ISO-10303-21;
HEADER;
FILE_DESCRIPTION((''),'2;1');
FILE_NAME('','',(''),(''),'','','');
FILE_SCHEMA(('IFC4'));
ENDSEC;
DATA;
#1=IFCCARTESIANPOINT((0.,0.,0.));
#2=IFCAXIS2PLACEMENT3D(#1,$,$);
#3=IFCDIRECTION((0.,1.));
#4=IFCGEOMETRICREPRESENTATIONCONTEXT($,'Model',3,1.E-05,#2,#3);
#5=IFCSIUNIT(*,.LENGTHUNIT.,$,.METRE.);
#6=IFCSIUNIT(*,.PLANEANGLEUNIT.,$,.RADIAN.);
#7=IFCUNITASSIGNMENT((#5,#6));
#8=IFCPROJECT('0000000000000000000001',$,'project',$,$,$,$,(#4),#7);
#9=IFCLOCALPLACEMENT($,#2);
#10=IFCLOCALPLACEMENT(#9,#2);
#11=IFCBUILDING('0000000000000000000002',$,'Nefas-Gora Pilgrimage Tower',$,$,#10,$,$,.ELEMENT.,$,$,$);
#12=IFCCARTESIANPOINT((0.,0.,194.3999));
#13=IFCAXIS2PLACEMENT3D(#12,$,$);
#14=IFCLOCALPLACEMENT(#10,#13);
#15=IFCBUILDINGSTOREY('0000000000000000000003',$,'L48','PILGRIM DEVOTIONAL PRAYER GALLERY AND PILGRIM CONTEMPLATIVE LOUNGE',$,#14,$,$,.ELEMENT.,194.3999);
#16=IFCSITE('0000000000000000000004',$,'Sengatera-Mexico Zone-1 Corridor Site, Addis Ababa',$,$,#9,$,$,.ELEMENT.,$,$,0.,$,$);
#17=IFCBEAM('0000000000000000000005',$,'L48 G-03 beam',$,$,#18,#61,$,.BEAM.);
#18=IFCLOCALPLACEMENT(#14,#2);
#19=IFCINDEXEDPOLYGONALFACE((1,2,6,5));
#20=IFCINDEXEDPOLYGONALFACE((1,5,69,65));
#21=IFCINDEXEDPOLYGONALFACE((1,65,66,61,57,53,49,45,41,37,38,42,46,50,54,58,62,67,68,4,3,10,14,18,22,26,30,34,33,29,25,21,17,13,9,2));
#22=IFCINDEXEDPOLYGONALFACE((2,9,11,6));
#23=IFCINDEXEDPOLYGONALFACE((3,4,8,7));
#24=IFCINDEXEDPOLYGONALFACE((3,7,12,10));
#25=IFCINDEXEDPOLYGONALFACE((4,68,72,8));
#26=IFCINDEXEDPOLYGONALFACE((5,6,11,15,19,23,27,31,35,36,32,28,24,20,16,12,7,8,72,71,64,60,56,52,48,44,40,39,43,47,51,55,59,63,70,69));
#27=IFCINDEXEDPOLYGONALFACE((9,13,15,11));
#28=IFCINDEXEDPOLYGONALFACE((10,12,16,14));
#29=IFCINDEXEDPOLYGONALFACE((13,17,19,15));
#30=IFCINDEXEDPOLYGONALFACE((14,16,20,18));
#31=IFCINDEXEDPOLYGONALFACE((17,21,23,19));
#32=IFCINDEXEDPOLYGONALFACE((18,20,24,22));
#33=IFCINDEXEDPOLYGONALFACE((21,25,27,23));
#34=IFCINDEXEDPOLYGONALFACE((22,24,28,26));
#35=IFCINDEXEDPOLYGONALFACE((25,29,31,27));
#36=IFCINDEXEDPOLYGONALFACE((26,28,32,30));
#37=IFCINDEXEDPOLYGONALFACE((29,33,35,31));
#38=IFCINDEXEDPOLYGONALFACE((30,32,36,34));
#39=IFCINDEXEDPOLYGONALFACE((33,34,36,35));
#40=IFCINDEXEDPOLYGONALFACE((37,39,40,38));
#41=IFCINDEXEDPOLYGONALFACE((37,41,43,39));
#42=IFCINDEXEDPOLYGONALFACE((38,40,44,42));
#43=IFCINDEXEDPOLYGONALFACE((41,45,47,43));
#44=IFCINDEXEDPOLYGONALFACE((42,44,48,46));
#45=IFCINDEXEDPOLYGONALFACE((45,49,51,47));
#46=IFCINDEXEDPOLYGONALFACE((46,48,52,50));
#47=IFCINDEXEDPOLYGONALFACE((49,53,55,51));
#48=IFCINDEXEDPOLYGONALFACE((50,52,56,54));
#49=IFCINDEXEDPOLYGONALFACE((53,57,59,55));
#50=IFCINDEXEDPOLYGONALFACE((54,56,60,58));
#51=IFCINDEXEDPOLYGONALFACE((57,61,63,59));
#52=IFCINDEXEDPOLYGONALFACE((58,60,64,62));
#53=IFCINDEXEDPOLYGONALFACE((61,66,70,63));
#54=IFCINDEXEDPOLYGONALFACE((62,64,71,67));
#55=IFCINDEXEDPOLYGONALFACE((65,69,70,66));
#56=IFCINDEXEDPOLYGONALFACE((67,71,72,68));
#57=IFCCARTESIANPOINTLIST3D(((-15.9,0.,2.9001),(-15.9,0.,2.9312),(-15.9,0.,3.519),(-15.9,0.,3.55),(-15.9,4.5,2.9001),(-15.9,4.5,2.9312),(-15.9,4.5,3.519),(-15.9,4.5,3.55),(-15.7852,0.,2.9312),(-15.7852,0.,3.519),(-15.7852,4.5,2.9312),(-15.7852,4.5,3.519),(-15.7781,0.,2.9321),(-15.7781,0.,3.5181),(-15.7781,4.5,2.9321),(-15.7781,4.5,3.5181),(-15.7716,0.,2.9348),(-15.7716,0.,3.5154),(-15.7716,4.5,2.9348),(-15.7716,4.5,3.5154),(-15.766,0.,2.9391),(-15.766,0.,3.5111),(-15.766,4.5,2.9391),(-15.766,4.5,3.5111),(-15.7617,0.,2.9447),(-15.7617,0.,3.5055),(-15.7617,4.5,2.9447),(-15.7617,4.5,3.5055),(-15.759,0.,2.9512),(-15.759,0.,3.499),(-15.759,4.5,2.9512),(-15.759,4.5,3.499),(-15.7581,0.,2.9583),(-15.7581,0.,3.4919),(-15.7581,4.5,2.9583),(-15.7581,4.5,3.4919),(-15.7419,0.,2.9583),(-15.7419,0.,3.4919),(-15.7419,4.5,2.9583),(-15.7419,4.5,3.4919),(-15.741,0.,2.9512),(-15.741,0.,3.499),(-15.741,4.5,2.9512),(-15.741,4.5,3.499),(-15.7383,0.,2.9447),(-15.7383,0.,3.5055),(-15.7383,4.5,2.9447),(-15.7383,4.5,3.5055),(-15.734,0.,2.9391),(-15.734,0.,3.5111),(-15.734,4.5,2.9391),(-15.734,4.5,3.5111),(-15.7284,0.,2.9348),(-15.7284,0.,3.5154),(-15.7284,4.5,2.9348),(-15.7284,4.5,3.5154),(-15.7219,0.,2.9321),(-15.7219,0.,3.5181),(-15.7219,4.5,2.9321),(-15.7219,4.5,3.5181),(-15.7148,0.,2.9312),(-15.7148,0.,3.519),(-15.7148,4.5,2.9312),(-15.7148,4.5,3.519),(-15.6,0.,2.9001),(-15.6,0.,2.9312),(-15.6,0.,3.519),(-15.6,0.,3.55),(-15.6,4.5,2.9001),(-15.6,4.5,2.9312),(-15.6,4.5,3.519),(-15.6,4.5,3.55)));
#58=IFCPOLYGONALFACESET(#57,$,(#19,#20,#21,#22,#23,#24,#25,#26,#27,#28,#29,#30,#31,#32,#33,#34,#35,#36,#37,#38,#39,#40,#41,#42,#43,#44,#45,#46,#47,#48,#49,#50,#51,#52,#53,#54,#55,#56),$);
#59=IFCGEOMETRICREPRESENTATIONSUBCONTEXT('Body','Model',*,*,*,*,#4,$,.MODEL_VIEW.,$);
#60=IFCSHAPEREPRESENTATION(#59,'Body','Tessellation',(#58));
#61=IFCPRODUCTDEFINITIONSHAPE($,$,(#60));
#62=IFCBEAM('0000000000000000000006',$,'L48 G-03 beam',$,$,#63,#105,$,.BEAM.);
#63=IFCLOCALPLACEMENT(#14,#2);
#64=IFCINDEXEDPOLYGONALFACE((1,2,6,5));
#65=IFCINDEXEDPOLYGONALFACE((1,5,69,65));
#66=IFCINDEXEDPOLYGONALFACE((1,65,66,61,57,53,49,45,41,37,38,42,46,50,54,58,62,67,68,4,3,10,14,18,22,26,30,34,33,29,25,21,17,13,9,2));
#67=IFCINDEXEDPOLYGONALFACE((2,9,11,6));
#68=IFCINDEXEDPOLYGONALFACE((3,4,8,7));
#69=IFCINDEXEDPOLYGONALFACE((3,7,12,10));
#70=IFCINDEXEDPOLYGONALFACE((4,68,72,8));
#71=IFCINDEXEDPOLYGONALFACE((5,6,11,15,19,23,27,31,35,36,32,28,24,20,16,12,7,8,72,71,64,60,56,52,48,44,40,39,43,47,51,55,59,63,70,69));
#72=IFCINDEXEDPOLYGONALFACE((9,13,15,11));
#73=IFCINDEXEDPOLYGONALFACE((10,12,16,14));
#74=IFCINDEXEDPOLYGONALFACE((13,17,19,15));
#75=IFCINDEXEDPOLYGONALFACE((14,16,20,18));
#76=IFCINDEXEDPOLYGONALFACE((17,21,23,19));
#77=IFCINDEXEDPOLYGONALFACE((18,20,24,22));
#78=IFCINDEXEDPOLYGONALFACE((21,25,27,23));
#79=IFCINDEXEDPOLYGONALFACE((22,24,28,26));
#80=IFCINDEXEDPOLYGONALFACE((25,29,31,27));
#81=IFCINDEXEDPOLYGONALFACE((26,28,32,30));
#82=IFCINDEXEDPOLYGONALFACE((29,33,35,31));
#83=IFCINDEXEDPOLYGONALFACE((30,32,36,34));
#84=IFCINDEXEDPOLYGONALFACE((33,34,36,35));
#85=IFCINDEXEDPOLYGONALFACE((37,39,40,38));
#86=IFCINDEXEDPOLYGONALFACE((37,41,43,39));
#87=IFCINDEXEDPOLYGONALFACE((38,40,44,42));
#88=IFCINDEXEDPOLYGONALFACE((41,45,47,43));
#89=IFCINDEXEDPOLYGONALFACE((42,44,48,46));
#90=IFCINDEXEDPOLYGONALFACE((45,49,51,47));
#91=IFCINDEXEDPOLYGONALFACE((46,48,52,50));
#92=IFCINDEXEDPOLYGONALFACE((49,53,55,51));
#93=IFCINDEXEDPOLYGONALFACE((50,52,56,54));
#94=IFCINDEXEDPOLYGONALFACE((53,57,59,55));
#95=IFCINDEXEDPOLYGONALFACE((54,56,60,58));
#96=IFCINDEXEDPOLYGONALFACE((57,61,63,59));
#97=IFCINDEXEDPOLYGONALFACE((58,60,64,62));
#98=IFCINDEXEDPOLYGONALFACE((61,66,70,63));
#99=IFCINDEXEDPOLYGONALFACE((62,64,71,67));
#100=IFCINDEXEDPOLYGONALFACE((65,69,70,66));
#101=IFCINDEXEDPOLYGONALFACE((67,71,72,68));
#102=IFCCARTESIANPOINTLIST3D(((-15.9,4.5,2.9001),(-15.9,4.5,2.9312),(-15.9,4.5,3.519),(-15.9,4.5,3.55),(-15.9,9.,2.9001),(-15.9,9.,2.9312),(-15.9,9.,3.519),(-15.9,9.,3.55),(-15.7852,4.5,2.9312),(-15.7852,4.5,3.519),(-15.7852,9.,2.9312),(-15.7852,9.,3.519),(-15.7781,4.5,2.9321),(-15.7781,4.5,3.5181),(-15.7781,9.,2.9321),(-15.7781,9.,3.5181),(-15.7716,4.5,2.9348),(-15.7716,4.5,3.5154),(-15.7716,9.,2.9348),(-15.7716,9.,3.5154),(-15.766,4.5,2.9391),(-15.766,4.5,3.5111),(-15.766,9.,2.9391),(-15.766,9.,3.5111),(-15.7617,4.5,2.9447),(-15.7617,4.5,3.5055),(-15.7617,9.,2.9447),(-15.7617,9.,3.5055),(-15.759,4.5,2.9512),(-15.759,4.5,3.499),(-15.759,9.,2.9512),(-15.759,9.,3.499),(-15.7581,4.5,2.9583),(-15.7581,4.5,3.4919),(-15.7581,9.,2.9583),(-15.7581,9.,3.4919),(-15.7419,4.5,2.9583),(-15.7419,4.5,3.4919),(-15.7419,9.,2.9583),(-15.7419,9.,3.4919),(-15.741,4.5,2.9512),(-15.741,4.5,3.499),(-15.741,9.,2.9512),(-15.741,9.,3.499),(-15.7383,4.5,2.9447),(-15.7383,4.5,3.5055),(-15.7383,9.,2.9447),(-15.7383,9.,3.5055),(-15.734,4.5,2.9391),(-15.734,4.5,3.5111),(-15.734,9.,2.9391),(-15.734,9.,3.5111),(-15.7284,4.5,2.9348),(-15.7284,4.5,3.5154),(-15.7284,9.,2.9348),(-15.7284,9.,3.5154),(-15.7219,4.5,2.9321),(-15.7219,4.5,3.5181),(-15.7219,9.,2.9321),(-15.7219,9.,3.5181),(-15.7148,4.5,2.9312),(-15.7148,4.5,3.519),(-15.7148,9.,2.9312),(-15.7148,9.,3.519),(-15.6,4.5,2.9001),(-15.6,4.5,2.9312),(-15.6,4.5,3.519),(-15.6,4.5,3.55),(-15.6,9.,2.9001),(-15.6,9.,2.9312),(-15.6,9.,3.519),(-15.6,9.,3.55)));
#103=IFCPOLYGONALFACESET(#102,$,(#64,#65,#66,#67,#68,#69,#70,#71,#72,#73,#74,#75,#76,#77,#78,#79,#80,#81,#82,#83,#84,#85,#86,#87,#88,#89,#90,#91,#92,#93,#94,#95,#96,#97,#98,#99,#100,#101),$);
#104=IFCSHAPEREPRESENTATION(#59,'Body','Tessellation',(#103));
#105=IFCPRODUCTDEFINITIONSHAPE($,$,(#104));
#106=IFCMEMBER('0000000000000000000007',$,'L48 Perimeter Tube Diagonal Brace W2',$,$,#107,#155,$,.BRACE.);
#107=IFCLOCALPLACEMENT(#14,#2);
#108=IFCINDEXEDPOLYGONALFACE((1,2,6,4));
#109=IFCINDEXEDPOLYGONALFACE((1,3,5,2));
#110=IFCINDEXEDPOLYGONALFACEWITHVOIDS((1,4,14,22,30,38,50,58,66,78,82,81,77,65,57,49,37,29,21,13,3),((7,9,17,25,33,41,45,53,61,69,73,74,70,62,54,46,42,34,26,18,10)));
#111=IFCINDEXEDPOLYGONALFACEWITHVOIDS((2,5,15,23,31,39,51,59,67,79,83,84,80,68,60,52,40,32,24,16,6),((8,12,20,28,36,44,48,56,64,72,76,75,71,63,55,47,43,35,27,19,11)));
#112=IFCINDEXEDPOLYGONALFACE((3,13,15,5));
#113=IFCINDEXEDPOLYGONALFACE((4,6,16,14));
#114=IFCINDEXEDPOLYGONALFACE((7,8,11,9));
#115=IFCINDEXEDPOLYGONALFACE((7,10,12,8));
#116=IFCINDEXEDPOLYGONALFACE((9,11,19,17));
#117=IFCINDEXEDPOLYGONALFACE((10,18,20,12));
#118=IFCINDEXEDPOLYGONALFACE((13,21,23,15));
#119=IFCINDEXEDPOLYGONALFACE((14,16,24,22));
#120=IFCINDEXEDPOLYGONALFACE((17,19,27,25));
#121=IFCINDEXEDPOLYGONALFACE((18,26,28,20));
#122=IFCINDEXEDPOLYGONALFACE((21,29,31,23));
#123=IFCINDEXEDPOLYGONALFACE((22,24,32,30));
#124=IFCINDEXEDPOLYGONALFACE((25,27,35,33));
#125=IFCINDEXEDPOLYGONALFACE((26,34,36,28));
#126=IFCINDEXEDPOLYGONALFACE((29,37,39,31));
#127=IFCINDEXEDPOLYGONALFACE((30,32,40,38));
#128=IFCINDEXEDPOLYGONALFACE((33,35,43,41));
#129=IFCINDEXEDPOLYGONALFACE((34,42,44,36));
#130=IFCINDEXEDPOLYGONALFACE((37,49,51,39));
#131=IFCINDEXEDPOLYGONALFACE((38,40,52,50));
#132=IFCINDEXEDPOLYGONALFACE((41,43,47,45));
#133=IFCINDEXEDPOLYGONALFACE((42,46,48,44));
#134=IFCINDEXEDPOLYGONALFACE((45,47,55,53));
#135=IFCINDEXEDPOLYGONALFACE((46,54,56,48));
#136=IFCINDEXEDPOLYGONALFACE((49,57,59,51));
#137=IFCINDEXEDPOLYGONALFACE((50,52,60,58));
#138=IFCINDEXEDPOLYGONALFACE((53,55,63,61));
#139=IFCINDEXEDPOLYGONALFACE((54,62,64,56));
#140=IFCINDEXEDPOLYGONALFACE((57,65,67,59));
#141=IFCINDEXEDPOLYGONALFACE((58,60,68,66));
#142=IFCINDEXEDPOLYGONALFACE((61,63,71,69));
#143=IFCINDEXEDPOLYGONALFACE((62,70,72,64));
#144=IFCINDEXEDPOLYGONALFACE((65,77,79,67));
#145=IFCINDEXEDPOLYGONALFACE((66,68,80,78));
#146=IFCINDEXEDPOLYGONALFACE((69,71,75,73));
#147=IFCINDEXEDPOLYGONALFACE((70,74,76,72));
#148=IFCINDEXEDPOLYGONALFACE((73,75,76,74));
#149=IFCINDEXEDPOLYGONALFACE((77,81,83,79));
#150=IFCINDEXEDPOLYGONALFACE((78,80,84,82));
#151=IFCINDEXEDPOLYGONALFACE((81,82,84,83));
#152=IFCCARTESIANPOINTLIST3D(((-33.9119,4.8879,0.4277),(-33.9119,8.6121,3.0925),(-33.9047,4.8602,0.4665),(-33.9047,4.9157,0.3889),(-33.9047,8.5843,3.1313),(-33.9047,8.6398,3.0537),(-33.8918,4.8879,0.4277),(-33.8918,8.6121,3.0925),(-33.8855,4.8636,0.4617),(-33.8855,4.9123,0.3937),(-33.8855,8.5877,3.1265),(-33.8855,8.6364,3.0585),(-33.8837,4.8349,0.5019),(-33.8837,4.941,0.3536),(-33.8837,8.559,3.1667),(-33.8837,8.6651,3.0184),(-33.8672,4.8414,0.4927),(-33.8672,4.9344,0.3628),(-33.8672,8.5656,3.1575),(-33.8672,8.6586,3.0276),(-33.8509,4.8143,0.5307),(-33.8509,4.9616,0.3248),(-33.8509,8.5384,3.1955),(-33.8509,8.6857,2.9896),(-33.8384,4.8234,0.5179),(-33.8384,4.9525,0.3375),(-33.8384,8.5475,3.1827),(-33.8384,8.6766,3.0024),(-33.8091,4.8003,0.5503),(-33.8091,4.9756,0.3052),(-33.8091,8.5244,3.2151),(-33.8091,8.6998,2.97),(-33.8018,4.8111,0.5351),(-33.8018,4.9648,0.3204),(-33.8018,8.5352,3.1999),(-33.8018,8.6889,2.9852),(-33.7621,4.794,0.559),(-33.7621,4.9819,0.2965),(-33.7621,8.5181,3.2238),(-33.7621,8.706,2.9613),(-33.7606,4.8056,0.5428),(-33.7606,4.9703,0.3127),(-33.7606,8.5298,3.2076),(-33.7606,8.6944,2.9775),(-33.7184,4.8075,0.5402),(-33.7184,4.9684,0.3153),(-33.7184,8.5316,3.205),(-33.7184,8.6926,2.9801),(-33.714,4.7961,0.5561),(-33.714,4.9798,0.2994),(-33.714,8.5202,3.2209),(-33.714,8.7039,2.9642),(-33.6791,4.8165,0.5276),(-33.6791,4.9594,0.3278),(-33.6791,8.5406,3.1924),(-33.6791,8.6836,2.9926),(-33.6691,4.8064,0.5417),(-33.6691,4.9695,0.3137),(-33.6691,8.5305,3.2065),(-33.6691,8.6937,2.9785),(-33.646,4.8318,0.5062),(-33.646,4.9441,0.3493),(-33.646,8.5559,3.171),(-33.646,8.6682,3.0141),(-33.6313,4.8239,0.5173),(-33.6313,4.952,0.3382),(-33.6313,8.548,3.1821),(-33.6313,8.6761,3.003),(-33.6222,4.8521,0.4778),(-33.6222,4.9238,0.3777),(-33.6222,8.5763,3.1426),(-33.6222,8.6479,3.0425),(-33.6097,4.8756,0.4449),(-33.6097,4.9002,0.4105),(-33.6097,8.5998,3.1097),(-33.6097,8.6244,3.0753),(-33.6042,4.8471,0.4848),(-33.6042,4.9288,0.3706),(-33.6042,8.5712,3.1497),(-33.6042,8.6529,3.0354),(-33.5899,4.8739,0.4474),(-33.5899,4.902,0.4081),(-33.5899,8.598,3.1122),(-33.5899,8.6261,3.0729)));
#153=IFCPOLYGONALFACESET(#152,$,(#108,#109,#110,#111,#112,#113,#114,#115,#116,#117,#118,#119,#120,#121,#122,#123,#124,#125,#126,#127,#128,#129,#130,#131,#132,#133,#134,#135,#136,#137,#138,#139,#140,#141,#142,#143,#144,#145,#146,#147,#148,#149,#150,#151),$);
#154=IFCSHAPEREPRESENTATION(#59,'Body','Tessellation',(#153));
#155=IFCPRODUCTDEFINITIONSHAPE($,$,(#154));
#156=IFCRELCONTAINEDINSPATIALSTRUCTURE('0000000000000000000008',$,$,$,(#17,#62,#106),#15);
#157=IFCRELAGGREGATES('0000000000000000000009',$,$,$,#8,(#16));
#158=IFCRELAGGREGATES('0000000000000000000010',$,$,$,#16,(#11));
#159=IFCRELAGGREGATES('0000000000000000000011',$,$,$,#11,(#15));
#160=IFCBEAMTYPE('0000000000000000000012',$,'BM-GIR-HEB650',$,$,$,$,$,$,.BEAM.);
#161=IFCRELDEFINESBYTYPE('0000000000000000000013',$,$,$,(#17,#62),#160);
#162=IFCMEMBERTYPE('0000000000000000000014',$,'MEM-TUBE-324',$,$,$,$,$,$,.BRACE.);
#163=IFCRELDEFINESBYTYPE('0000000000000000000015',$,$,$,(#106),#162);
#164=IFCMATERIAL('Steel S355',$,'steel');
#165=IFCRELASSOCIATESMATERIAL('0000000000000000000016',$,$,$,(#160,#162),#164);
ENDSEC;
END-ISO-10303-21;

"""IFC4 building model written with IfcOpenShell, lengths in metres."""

from ifc_helpers import new_model, si_unit, direction, frame, origin, origin_2d, place, context, subcontext, project, spatial, hollow_circle, i_section, extrude, source, transform, mapped, material, material_profile, profile_set, type_object, element, save


model = new_model("IFC4")

# Units and contexts
model_context = context("Model", 3, precision=1e-05, world=origin(), true_north=direction((0.0, 1.0)))
body_context = subcontext(model_context, "Body", "Model", "MODEL_VIEW")
ifc_project = project(units=[si_unit("LENGTHUNIT", "METRE"), si_unit("PLANEANGLEUNIT", "RADIAN")], contexts=[model_context])

# Site, building, storey
site_placement = place(None, origin())
site = spatial("IfcSite", under=ifc_project, at=site_placement, Name="Sengatera-Mexico Zone-1 Corridor Site, Addis Ababa", CompositionType="ELEMENT", RefElevation=0.0)
building_placement = place(site_placement, origin())
building = spatial("IfcBuilding", under=site, at=building_placement, Name="Nefas-Gora Pilgrimage Tower", CompositionType="ELEMENT")
storey_placement = place(building_placement, frame((0.0, 0.0, 194.3999)))
storey = spatial("IfcBuildingStorey", under=building, at=storey_placement, Name="L48", Description="PILGRIM DEVOTIONAL PRAYER GALLERY AND PILGRIM CONTEMPLATIVE LOUNGE", CompositionType="ELEMENT", Elevation=194.3999)

# Beams
ifc_material_1 = material(Name="Steel S355", Category="steel")
ifc_material_profile_1 = material_profile(ifc_material_1, i_section(OverallWidth=0.3, OverallDepth=0.6499, WebThickness=0.0161, FlangeThickness=0.031, FilletRadius=0.0271, at=origin_2d()), Name="HEB 650")
ifc_profile_set_1 = profile_set([ifc_material_profile_1], Name="Steel S355")
beam_type_1 = type_object("IfcBeamType", Name="BM-GIR-HEB650", PredefinedType="BEAM", material=ifc_profile_set_1)
shared_shape_1 = source(origin(), body_context, "Body", "SweptSolid", [
    extrude(i_section(OverallWidth=0.3, OverallDepth=0.6499, WebThickness=0.0161, FlangeThickness=0.031, FilletRadius=0.0271, at=origin_2d()), origin(), (0.0, 0.0, 1.0), 4.5),
])
for number, where, z_axis, x_axis, name in (
    (1, (-15.75, 0.0, 3.2251), (0.0, 1.0, 0.0), (-1.0, 0.0, 0.0), "L48 G-03 beam"),
    (2, (-15.75, 4.5, 3.2251), (0.0, 1.0, 0.0), (-1.0, 0.0, 0.0), "L48 G-03 beam"),
):
    element("IfcBeam", number, at=place(storey_placement, frame(where, z_axis=z_axis, x_axis=x_axis)), inside=storey, type_object=beam_type_1, Name=name, PredefinedType="BEAM", context=body_context, shape_type="MappedRepresentation", body=[
        mapped(shared_shape_1, transform((0.0, 0.0, 0.0), x_axis=(1.0, 0.0, 0.0), y_axis=(0.0, 1.0, 0.0), z_axis=(0.0, 0.0, 1.0), scale=1.0)),
    ])

# Member
ifc_material_profile_2 = material_profile(ifc_material_1, hollow_circle(Radius=0.1619, WallThickness=0.02, at=origin_2d()), Name="CHS 323.9x20")
ifc_profile_set_2 = profile_set([ifc_material_profile_2], Name="Steel S355")
member_type_1 = type_object("IfcMemberType", Name="MEM-TUBE-324", PredefinedType="BRACE", material=ifc_profile_set_2)
shared_shape_2 = source(origin(), body_context, "Body", "SweptSolid", [
    extrude(hollow_circle(Radius=0.1619, WallThickness=0.02, at=origin_2d()), origin(), (0.0, 0.0, 1.0), 4.5793),
])
member_1_placement = place(storey_placement, frame((-33.75, 4.8879, 0.4277), z_axis=(0.0, 0.813247, 0.581919), x_axis=(-1.0, 0.0, 0.0)))
element("IfcMember", 3, at=member_1_placement, inside=storey, type_object=member_type_1, Name="L48 Perimeter Tube Diagonal Brace W2", PredefinedType="BRACE", context=body_context, shape_type="MappedRepresentation", body=[
    mapped(shared_shape_2, transform((0.0, 0.0, 0.0), x_axis=(1.0, 0.0, 0.0), y_axis=(0.0, 1.0, 0.0), z_axis=(0.0, 0.0, 1.0), scale=1.0)),
])

save(model, "model.ifc")
